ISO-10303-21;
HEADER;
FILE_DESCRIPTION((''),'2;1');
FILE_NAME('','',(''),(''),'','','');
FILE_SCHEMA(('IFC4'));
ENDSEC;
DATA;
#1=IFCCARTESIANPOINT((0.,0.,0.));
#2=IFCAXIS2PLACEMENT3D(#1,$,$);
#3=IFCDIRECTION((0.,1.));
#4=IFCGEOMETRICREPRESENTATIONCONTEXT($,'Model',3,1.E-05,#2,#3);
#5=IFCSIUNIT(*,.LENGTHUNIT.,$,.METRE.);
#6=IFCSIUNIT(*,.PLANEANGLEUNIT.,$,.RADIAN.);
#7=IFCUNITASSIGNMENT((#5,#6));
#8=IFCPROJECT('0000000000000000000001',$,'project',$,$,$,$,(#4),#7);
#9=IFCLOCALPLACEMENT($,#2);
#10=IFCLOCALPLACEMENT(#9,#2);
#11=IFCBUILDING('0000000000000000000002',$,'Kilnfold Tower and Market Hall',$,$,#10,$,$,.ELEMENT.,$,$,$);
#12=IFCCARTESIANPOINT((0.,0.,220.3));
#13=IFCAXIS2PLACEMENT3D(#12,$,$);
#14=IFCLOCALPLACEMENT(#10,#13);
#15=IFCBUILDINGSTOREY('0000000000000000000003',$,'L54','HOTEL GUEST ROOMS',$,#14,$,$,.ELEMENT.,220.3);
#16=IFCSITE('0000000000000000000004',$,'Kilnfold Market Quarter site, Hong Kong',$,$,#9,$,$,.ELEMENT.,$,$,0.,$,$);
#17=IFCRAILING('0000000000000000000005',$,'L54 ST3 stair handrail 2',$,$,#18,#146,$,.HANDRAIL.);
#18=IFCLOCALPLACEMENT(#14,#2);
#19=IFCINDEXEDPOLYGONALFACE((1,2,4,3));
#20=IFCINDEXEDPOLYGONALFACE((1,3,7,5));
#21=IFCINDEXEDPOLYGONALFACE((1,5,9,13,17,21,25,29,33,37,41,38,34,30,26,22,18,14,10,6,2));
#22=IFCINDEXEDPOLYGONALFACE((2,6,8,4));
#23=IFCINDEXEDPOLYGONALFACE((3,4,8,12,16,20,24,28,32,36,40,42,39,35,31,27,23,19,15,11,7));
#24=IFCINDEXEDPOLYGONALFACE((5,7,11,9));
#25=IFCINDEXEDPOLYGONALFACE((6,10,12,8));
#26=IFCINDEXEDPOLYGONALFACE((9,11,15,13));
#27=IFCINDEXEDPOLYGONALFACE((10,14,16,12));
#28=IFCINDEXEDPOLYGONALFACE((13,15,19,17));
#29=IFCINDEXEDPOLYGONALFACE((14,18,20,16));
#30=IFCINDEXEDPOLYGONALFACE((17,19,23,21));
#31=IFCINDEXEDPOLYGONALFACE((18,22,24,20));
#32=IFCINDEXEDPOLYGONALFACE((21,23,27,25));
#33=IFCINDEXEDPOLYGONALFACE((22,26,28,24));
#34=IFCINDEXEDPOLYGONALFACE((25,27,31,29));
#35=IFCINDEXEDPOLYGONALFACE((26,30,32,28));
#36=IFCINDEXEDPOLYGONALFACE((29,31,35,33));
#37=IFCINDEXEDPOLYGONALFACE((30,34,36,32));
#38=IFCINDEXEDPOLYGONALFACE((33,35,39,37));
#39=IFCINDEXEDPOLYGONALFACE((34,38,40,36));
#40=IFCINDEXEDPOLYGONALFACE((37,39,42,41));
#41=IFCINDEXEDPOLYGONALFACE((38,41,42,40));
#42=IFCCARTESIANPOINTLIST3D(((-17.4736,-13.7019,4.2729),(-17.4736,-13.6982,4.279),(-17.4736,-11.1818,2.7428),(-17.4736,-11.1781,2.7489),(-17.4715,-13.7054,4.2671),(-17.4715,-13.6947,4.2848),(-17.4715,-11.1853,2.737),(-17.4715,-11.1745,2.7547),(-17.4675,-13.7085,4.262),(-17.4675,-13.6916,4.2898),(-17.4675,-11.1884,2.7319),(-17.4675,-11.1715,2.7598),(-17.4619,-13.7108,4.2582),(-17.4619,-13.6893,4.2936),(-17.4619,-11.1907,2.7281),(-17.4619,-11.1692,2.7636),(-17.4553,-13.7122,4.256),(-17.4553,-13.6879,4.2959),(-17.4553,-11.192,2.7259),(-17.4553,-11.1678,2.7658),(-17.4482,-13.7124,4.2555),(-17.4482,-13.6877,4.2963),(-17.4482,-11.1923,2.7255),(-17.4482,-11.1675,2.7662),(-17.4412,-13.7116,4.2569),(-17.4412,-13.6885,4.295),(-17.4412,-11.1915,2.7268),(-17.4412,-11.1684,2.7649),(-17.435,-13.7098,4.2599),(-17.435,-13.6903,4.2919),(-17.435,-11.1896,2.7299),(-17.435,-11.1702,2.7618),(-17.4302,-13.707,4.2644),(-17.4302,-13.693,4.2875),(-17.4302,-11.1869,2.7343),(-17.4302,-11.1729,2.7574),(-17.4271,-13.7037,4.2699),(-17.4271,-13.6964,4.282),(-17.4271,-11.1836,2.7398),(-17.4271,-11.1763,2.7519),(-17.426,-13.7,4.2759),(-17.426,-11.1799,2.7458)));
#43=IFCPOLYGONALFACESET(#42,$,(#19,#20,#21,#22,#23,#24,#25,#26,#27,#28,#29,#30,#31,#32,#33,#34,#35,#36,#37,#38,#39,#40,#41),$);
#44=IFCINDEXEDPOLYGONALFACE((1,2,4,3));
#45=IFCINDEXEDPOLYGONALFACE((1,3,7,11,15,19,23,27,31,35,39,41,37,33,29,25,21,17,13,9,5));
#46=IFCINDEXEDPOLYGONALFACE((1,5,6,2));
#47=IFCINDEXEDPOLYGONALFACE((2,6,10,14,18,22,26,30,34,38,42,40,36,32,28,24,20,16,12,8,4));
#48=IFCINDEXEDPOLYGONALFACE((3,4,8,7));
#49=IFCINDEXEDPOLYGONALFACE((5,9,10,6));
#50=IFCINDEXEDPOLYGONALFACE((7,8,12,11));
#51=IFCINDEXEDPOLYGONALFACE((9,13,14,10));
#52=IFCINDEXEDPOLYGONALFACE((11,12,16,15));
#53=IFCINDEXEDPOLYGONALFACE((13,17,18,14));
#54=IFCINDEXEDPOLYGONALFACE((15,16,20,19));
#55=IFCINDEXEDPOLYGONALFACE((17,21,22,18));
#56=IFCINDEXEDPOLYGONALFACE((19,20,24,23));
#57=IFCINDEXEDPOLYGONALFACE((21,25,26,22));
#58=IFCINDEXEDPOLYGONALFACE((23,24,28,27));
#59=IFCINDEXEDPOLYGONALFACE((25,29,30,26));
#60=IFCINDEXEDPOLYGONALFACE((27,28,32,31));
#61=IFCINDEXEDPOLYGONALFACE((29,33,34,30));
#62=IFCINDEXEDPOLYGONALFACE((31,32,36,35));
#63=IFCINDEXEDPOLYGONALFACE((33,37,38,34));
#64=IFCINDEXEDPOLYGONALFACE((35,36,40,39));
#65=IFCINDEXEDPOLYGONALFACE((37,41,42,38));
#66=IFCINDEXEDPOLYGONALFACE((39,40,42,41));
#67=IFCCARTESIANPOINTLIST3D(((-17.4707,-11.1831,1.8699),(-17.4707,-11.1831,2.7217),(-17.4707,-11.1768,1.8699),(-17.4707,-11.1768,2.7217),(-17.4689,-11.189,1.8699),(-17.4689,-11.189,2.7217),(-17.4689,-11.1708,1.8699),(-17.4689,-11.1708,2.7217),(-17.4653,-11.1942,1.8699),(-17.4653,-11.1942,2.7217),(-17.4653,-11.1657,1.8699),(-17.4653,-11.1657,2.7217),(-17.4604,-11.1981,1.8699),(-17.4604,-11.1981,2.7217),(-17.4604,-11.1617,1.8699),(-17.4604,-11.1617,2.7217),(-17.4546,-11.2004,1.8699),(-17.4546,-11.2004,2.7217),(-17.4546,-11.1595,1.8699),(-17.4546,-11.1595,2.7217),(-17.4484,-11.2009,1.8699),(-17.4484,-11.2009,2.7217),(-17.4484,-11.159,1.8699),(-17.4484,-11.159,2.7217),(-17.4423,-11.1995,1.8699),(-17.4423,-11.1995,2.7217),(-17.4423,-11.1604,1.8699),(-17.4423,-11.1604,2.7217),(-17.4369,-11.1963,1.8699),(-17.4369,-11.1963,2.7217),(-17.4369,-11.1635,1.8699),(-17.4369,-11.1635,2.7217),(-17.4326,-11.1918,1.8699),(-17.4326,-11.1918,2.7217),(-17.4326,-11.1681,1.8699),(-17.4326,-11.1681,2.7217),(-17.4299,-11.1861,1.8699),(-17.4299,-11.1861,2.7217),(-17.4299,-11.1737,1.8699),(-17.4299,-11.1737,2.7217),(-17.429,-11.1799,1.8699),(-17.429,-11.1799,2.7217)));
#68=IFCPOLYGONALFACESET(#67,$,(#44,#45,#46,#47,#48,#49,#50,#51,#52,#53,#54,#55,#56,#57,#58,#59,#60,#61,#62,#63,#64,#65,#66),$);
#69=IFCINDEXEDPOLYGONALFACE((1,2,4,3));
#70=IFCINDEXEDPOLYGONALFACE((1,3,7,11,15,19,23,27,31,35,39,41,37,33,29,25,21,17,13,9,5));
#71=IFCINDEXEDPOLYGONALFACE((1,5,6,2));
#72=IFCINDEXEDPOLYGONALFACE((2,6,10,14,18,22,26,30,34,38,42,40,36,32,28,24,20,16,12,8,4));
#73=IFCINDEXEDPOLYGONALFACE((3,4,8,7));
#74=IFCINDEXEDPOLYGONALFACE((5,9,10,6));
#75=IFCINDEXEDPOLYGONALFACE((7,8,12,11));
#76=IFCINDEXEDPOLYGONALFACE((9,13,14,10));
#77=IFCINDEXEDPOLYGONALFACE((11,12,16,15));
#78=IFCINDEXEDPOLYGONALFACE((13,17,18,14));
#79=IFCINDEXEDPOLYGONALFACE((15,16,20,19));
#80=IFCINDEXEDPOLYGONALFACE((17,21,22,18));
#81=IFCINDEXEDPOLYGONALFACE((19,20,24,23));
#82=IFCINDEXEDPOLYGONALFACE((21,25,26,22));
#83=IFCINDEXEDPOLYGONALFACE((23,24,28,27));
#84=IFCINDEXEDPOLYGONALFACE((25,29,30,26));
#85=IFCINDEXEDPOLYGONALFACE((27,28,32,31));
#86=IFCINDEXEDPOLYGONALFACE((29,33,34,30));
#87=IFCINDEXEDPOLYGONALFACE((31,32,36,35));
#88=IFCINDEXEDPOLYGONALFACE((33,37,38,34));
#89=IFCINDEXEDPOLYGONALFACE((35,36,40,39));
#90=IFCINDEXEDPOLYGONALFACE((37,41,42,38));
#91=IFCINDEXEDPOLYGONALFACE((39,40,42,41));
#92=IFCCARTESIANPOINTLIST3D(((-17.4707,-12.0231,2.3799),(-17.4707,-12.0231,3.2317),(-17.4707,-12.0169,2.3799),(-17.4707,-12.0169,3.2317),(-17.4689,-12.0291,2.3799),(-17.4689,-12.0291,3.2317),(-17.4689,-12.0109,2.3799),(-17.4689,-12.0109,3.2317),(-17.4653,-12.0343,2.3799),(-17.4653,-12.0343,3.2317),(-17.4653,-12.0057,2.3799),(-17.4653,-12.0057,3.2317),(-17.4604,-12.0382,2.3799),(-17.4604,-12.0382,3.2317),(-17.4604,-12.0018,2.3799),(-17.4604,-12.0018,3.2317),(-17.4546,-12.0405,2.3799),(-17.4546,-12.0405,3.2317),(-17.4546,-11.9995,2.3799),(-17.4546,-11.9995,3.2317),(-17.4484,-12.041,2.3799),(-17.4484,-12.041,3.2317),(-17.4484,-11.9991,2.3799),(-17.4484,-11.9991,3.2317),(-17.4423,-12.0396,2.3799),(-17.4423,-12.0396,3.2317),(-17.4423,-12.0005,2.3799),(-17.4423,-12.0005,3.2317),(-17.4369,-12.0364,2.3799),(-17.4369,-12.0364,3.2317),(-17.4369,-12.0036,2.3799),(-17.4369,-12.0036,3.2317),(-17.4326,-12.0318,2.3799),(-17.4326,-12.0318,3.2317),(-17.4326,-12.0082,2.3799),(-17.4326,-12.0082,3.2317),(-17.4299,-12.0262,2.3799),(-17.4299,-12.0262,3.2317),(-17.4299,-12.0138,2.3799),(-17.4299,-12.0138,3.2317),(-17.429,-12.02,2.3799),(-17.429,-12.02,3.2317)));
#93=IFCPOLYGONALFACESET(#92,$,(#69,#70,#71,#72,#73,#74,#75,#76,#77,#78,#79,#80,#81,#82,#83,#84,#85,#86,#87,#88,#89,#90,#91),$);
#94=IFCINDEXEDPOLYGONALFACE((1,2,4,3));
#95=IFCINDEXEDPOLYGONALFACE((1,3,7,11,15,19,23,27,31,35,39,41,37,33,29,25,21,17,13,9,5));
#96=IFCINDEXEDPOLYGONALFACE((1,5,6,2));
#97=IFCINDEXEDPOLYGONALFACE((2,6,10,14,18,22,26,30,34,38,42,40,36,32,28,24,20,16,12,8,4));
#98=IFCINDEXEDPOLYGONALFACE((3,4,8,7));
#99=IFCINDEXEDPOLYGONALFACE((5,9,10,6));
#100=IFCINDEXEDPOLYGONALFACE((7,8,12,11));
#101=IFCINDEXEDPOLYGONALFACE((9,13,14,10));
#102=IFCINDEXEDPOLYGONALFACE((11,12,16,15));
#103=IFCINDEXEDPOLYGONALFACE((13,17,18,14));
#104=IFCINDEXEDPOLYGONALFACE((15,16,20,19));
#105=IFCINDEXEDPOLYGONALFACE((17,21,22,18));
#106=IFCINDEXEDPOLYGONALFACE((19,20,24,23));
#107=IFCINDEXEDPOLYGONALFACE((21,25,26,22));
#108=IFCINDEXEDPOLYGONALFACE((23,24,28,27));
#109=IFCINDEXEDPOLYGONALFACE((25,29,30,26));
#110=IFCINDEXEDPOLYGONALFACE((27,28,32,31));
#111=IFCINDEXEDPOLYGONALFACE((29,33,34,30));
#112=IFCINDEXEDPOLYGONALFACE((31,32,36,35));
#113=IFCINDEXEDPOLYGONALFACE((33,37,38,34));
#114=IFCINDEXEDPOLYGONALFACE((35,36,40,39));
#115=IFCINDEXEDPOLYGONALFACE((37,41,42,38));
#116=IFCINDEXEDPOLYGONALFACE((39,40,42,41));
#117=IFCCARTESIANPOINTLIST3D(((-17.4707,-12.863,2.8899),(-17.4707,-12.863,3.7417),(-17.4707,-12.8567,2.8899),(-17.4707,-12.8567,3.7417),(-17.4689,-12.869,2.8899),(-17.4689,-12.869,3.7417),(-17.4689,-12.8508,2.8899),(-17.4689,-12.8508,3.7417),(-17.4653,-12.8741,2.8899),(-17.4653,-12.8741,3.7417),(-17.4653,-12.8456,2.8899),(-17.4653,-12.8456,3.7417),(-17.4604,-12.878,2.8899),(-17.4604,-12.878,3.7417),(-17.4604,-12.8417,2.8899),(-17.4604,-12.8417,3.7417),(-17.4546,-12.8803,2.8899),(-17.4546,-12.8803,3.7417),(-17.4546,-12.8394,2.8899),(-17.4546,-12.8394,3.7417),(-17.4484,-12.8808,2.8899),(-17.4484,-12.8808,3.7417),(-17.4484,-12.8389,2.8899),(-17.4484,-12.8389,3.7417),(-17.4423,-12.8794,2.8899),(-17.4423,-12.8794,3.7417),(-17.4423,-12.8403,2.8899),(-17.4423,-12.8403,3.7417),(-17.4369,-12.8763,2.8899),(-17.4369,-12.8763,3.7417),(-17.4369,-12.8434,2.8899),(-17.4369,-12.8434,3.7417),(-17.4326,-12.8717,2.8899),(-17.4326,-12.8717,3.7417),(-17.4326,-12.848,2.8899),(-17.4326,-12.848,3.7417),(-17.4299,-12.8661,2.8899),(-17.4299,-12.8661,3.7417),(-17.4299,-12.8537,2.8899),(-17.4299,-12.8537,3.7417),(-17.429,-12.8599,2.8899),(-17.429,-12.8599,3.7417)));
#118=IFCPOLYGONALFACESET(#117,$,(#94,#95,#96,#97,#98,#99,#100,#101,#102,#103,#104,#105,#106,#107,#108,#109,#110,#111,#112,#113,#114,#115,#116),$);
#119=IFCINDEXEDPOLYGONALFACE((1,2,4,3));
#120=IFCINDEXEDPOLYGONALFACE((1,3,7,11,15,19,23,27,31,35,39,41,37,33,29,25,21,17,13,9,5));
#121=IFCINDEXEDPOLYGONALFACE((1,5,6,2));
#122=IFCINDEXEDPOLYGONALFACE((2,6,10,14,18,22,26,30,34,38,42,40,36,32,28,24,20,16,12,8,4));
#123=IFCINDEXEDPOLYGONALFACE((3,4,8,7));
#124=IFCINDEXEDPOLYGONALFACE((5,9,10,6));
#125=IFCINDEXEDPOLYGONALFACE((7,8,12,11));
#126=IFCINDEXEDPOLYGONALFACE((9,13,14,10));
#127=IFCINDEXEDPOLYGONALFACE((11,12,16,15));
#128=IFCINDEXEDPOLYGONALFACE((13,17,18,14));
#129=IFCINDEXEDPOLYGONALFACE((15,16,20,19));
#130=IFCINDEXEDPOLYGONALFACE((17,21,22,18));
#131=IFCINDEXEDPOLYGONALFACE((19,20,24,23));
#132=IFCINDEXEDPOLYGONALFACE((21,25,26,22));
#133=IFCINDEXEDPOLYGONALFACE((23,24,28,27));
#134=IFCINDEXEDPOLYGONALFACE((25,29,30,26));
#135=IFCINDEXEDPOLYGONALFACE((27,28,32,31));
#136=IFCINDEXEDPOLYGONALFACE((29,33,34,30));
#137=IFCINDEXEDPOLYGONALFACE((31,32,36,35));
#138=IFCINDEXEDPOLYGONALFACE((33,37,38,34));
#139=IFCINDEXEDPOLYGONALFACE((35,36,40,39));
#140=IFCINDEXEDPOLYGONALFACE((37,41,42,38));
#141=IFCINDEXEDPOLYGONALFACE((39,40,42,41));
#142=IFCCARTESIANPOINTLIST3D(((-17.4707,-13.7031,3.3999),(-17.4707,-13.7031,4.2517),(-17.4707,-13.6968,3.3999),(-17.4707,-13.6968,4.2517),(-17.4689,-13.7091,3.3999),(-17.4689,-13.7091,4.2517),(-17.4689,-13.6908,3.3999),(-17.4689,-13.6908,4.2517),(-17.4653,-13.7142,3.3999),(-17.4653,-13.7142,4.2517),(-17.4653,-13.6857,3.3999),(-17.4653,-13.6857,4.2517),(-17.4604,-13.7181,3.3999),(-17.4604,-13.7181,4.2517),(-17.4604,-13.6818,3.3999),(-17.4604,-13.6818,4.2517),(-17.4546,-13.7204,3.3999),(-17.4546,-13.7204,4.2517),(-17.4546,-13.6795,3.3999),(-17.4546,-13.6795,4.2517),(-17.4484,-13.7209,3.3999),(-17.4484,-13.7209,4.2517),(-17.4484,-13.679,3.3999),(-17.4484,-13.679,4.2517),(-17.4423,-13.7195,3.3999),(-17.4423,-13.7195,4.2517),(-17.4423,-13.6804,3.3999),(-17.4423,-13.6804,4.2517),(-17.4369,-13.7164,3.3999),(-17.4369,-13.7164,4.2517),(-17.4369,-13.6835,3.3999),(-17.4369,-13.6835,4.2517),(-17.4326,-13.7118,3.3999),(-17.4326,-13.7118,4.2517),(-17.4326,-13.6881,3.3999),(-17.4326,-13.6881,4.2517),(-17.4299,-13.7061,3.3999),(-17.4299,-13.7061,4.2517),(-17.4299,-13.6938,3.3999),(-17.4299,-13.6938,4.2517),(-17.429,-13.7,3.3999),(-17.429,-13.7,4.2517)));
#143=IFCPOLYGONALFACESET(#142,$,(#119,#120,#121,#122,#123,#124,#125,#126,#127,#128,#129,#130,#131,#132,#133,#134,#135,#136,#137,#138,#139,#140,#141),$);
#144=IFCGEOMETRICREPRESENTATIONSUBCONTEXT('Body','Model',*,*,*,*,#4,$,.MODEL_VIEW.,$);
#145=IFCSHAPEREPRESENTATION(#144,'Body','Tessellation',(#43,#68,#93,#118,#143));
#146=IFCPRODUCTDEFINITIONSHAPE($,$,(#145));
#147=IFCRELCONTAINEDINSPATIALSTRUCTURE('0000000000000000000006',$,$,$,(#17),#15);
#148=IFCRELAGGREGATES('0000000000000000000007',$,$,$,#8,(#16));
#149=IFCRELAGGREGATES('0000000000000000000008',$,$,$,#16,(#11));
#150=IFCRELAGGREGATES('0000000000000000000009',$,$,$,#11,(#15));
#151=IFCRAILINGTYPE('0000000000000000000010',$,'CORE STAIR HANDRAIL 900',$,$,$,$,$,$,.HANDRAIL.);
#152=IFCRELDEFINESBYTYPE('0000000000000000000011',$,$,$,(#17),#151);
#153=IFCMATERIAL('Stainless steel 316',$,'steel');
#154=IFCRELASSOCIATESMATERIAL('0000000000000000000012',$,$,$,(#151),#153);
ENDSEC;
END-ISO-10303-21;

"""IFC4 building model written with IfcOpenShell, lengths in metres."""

from ifc_helpers import new_model, si_unit, direction, frame, origin, origin_2d, place, context, subcontext, project, spatial, circle, extrude, material, type_object, element, save


model = new_model("IFC4")

# Units and contexts
model_context = context("Model", 3, precision=1e-05, world=origin(), true_north=direction((0.0, 1.0)))
body_context = subcontext(model_context, "Body", "Model", "MODEL_VIEW")
ifc_project = project(units=[si_unit("LENGTHUNIT", "METRE"), si_unit("PLANEANGLEUNIT", "RADIAN")], contexts=[model_context])

# Site, building, storey
site_placement = place(None, origin())
site = spatial("IfcSite", under=ifc_project, at=site_placement, Name="Kilnfold Market Quarter site, Hong Kong", CompositionType="ELEMENT", RefElevation=0.0)
building_placement = place(site_placement, origin())
building = spatial("IfcBuilding", under=site, at=building_placement, Name="Kilnfold Tower and Market Hall", CompositionType="ELEMENT")
storey_placement = place(building_placement, frame((0.0, 0.0, 220.3)))
storey = spatial("IfcBuildingStorey", under=building, at=storey_placement, Name="L54", Description="HOTEL GUEST ROOMS", CompositionType="ELEMENT", Elevation=220.3)

# Railing
ifc_material_1 = material(Name="Stainless steel 316", Category="steel")
railing_type_1 = type_object("IfcRailingType", Name="CORE STAIR HANDRAIL 900", PredefinedType="HANDRAIL", material=ifc_material_1)
railing_1_placement = place(storey_placement, frame((-17.45, -11.1799, 1.8699)))
element("IfcRailing", 1, at=railing_1_placement, inside=storey, type_object=railing_type_1, Name="L54 ST3 stair handrail 2", PredefinedType="HANDRAIL", context=body_context, shape_type="SweptSolid", body=[
    extrude(circle(Radius=0.0239, at=origin_2d()), frame((0.0, 0.0, 0.876), z_axis=(0.0, -0.854785, 0.518982), x_axis=(1.0, 0.0, 0.0)), (0.0, 0.0, 1.0), 2.9482),
    extrude(circle(Radius=0.021, at=origin_2d()), origin(), (0.0, 0.0, 1.0), 0.8518),
    extrude(circle(Radius=0.021, at=origin_2d()), frame((0.0, -0.8401, 0.51)), (0.0, 0.0, 1.0), 0.8518),
    extrude(circle(Radius=0.021, at=origin_2d()), frame((0.0, -1.6799, 1.02)), (0.0, 0.0, 1.0), 0.8518),
    extrude(circle(Radius=0.021, at=origin_2d()), frame((0.0, -2.52, 1.53)), (0.0, 0.0, 1.0), 0.8518),
])

save(model, "model.ifc")
